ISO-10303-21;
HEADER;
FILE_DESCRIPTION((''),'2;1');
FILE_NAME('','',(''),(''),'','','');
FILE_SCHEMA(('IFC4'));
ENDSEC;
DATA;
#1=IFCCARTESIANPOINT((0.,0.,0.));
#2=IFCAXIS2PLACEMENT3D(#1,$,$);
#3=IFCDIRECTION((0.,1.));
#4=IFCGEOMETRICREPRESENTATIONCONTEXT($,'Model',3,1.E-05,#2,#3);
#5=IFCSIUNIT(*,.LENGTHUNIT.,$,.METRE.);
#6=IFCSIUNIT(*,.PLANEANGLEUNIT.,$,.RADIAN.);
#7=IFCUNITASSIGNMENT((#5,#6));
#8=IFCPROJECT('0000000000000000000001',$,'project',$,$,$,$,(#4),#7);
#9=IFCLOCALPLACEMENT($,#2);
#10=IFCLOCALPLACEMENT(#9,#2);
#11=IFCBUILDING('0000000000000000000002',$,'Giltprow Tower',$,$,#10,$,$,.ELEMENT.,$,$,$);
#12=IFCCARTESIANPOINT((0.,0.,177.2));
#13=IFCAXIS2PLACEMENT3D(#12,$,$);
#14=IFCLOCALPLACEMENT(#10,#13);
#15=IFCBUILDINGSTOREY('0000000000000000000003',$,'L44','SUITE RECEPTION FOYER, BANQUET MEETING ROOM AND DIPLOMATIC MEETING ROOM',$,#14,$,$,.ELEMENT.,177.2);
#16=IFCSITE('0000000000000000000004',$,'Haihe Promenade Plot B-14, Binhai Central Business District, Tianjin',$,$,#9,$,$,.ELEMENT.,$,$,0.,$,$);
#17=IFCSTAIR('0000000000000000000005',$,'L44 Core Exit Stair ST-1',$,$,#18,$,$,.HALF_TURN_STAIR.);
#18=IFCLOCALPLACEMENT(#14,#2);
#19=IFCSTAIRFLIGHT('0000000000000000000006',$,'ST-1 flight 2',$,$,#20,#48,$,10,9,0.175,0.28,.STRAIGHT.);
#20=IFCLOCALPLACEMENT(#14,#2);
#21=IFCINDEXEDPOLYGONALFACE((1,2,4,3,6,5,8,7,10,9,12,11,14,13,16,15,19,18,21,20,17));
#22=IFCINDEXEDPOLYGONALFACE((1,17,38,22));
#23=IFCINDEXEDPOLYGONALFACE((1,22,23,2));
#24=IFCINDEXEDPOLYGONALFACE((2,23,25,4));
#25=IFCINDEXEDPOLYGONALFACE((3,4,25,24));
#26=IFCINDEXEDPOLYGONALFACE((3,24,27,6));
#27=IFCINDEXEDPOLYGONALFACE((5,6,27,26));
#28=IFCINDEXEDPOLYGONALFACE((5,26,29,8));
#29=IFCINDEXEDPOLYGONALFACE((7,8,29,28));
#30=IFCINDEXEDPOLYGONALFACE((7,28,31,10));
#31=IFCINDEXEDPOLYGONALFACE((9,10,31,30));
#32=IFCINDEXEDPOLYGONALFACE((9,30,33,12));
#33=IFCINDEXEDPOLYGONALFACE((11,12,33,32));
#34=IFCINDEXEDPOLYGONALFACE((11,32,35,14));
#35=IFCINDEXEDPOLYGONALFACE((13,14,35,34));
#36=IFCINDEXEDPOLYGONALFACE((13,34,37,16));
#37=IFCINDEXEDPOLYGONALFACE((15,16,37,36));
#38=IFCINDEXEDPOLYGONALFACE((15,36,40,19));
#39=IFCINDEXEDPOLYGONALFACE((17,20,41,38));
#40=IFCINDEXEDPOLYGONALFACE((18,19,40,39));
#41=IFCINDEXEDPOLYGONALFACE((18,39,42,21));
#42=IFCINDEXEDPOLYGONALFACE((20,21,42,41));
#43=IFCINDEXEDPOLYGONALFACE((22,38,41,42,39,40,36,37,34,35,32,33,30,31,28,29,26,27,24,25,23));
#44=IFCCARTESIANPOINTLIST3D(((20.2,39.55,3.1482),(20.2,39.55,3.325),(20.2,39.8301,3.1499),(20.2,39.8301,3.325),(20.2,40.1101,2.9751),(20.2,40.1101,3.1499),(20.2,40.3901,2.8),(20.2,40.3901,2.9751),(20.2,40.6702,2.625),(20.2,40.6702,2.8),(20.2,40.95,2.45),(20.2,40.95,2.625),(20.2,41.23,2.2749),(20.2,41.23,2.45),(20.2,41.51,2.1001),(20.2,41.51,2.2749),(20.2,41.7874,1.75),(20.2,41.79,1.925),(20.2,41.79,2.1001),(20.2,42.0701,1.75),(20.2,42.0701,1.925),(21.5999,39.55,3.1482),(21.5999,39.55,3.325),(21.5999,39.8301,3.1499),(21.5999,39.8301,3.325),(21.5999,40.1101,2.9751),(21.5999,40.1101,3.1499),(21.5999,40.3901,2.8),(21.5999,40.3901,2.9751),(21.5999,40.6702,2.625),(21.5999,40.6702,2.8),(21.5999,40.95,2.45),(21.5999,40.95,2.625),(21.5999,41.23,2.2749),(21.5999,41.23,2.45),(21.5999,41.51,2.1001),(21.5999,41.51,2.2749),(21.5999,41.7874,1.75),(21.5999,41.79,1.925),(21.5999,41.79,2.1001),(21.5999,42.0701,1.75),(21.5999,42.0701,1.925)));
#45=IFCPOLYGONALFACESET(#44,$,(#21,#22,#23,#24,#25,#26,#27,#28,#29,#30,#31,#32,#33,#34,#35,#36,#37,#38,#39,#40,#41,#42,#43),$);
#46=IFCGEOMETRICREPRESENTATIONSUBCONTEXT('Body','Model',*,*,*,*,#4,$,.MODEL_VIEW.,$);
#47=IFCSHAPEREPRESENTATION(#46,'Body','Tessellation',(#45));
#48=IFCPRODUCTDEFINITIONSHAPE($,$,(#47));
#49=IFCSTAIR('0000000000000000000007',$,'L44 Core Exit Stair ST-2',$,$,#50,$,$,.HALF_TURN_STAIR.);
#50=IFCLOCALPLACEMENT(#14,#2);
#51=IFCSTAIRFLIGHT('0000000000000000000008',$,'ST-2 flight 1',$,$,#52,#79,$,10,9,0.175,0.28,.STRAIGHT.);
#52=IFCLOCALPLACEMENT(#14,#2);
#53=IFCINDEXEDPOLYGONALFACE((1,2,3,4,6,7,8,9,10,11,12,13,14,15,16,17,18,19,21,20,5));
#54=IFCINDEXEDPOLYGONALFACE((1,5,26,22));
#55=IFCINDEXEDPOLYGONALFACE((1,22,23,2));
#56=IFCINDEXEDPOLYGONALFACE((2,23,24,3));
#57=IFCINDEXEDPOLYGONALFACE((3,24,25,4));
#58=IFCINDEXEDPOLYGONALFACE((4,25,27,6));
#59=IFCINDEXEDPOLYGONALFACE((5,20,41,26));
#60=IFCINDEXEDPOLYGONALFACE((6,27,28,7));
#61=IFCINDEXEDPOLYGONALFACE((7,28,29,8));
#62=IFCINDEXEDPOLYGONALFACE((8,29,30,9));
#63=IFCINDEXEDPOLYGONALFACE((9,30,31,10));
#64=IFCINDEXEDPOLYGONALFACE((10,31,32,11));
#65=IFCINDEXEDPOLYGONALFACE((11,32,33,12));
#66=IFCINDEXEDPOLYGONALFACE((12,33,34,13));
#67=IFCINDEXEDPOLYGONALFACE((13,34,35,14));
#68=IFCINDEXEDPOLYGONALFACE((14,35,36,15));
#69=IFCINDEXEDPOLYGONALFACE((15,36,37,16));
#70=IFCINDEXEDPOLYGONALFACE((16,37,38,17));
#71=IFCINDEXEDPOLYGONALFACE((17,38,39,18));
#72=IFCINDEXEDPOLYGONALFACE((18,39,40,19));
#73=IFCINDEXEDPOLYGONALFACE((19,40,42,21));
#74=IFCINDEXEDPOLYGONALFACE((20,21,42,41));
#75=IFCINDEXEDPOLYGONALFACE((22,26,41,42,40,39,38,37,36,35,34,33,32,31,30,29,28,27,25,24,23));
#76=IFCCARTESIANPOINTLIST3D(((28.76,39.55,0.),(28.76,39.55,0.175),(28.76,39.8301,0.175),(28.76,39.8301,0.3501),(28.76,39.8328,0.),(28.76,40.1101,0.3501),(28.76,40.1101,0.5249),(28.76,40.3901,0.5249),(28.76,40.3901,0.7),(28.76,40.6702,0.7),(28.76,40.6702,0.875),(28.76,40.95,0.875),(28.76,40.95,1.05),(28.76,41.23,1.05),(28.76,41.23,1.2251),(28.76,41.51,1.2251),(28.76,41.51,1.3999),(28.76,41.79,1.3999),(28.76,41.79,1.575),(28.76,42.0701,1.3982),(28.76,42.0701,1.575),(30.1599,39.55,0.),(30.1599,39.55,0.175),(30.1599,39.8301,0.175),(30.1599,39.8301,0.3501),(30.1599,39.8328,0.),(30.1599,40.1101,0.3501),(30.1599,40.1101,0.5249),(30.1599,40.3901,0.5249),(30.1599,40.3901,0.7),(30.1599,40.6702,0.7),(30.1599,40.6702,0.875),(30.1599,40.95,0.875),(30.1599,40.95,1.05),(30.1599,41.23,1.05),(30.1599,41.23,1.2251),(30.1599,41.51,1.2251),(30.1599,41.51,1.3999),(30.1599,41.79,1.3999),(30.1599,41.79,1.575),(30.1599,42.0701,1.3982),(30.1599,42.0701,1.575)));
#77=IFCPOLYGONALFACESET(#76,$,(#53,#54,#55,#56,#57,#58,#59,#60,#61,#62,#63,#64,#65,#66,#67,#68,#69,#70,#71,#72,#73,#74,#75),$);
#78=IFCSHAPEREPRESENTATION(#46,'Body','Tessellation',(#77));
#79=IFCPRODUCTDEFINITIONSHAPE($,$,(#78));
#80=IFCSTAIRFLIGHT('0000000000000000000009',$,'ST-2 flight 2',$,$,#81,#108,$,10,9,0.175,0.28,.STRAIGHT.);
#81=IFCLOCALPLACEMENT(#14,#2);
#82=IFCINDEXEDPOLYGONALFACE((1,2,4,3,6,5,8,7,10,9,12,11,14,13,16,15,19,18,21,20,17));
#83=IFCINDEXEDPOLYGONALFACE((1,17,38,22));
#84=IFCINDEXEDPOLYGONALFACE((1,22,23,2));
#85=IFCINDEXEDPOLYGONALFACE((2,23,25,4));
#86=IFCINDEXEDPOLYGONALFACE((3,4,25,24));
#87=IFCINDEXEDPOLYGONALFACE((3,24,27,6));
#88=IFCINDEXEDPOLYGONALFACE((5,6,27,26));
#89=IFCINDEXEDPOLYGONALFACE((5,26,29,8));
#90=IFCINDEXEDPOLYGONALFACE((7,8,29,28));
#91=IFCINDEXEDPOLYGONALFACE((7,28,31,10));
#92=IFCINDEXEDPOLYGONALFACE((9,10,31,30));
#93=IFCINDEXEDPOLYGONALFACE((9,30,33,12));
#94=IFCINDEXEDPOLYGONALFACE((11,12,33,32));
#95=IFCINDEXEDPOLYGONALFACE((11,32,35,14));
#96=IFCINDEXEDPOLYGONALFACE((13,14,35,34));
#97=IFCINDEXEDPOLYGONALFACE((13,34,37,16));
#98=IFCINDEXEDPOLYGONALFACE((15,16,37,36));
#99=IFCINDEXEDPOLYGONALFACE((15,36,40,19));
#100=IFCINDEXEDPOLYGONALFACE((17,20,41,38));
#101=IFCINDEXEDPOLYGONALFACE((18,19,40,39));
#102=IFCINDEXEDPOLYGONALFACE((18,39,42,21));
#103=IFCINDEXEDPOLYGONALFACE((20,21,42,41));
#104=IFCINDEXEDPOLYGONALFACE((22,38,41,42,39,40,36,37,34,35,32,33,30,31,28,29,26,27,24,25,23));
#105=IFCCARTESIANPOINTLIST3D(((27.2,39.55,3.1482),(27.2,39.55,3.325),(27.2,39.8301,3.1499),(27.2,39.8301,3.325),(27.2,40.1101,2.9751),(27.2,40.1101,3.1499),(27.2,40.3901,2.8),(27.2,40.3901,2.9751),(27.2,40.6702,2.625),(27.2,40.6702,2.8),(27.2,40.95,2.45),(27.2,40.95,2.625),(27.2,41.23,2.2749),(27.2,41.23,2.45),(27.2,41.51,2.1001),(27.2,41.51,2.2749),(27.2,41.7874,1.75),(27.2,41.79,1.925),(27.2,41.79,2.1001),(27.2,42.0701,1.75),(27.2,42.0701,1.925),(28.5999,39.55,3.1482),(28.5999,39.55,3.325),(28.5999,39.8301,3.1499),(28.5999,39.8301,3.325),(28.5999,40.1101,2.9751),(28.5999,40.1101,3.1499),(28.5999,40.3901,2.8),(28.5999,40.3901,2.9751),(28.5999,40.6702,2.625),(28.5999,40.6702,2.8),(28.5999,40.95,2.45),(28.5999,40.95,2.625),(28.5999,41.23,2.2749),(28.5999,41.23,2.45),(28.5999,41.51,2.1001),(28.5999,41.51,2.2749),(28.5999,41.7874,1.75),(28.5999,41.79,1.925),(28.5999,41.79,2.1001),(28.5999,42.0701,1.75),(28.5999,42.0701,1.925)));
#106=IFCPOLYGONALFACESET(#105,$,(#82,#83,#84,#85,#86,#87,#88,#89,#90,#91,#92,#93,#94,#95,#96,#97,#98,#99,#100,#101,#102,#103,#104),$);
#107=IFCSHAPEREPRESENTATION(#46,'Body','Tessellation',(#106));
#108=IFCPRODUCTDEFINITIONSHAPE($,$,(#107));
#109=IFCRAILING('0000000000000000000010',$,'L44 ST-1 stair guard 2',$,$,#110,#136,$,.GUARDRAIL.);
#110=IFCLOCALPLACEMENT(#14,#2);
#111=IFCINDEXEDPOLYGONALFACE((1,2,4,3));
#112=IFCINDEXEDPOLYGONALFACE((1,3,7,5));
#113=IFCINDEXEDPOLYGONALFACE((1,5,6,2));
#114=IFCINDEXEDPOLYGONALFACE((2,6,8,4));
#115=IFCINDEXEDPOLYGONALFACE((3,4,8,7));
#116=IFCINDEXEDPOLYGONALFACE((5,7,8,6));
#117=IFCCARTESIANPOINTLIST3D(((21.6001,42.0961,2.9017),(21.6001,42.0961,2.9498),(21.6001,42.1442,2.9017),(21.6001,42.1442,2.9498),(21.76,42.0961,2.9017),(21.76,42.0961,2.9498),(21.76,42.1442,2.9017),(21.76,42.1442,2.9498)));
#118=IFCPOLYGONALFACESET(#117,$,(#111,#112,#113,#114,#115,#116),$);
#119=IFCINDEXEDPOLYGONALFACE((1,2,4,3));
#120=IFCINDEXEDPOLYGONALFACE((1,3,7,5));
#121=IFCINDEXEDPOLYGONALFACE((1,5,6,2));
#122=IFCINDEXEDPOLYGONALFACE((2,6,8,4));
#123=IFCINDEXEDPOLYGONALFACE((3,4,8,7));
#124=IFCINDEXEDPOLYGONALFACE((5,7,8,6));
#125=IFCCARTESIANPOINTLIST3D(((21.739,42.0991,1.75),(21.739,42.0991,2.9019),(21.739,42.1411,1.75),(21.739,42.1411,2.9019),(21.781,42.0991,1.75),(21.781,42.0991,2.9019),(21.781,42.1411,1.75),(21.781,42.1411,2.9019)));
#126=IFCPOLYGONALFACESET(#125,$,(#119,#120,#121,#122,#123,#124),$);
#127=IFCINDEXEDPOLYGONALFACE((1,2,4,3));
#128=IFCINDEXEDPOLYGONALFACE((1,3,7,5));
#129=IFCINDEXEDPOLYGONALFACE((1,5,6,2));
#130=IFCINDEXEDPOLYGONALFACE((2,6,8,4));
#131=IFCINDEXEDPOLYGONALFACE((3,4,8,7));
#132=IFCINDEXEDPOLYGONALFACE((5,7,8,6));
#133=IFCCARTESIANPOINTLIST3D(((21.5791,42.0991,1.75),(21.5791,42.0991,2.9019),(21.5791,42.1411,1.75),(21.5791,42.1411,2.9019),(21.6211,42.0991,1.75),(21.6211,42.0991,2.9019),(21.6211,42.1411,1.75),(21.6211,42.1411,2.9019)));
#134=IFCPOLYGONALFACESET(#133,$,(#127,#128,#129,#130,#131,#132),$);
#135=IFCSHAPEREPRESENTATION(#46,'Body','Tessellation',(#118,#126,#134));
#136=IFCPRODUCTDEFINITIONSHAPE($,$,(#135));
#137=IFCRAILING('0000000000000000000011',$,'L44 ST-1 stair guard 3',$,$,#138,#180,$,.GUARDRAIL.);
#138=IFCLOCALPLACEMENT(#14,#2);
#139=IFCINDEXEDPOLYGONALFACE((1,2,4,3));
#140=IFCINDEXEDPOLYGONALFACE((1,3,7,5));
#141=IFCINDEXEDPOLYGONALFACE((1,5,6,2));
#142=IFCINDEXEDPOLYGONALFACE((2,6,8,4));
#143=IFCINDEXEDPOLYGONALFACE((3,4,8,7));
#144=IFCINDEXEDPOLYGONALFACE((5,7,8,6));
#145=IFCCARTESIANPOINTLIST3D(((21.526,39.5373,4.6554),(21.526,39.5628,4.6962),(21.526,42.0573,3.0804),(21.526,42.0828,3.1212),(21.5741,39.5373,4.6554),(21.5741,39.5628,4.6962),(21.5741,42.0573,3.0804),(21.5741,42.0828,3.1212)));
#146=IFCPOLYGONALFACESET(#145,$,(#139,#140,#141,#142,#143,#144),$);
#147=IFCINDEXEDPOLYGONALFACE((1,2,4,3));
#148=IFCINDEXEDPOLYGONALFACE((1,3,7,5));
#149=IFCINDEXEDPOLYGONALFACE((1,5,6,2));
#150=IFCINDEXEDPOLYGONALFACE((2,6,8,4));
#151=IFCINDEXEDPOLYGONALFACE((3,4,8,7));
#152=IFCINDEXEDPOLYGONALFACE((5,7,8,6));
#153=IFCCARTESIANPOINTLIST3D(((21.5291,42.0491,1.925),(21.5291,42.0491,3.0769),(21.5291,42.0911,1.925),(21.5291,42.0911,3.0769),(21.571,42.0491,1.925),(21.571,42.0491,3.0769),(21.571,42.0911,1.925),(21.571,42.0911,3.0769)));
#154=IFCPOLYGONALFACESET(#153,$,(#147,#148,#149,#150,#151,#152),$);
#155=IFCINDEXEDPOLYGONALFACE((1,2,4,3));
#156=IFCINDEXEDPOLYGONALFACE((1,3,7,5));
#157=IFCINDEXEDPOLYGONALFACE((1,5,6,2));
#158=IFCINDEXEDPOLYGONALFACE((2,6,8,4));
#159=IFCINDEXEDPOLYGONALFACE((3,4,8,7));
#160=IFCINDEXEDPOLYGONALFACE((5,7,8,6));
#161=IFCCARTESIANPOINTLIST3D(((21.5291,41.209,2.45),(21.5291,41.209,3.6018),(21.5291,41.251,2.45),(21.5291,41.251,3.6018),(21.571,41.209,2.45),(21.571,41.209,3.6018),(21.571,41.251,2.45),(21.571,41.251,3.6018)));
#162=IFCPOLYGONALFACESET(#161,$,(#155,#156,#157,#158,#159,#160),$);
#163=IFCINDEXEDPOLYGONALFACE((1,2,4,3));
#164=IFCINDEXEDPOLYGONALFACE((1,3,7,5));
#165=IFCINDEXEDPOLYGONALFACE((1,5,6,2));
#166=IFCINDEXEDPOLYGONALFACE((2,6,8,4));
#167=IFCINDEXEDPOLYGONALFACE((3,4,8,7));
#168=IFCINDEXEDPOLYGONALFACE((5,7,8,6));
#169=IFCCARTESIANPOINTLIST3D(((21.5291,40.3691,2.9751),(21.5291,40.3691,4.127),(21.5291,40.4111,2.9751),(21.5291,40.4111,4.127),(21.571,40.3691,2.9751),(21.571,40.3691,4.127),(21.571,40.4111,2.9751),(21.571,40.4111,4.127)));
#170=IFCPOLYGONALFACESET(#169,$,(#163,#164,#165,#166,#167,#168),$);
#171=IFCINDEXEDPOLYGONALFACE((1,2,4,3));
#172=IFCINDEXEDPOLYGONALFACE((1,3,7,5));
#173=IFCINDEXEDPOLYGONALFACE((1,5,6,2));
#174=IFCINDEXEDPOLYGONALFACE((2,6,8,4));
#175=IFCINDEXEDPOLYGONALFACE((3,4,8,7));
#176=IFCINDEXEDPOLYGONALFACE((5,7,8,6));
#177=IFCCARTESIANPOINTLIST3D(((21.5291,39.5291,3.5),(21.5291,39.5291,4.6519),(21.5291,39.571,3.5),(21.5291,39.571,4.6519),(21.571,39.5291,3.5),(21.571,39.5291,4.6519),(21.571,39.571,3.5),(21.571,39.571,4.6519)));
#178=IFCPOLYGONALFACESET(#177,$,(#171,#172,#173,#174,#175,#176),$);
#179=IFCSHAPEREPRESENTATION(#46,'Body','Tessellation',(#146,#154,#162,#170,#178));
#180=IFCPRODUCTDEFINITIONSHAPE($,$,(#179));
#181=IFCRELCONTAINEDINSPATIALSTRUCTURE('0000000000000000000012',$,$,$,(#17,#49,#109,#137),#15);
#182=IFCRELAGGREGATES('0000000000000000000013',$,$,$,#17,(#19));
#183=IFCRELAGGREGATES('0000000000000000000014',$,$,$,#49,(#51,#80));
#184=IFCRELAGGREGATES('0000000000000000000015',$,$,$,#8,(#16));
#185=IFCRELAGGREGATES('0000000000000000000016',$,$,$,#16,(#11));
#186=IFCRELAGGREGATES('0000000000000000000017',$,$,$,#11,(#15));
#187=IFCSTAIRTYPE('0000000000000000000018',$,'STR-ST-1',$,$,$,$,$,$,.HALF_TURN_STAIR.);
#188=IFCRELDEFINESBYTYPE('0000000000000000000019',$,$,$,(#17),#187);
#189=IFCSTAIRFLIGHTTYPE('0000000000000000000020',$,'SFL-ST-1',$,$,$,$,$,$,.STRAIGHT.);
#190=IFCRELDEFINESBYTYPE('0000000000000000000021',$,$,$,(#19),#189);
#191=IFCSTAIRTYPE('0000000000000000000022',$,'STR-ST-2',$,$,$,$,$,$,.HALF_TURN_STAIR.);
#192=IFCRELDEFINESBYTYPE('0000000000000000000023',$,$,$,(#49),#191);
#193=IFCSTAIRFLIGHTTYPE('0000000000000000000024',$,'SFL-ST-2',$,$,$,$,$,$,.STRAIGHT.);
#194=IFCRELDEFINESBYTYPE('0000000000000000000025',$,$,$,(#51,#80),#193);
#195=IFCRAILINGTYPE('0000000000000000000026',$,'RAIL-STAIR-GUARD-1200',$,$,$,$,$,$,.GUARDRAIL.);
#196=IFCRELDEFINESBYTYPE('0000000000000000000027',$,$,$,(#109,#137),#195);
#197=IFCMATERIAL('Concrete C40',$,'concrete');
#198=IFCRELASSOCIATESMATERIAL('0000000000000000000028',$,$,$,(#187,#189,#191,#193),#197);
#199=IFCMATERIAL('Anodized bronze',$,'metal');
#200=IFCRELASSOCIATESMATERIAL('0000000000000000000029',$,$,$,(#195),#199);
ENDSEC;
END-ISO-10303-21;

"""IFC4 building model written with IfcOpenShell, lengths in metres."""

from ifc_helpers import new_model, si_unit, direction, frame, origin, origin_2d, place, context, subcontext, project, spatial, polyline, rectangle, outline, extrude, material, type_object, element, aggregate, save


model = new_model("IFC4")

# Units and contexts
model_context = context("Model", 3, precision=1e-05, world=origin(), true_north=direction((0.0, 1.0)))
body_context = subcontext(model_context, "Body", "Model", "MODEL_VIEW")
ifc_project = project(units=[si_unit("LENGTHUNIT", "METRE"), si_unit("PLANEANGLEUNIT", "RADIAN")], contexts=[model_context])

# Site, building, storey
site_placement = place(None, origin())
site = spatial("IfcSite", under=ifc_project, at=site_placement, Name="Haihe Promenade Plot B-14, Binhai Central Business District, Tianjin", CompositionType="ELEMENT", RefElevation=0.0)
building_placement = place(site_placement, origin())
building = spatial("IfcBuilding", under=site, at=building_placement, Name="Giltprow Tower", CompositionType="ELEMENT")
storey_placement = place(building_placement, frame((0.0, 0.0, 177.2)))
storey = spatial("IfcBuildingStorey", under=building, at=storey_placement, Name="L44", Description="SUITE RECEPTION FOYER, BANQUET MEETING ROOM AND DIPLOMATIC MEETING ROOM", CompositionType="ELEMENT", Elevation=177.2)

# Shared definitions
ifc_material_1 = material(Name="Concrete C40", Category="concrete")

# Stair, stair flight
stair_type_1 = type_object("IfcStairType", Name="STR-ST-1", PredefinedType="HALF_TURN_STAIR", material=ifc_material_1)
stair_1_placement = place(storey_placement, origin())
stair_1 = element("IfcStair", 1, at=stair_1_placement, inside=storey, type_object=stair_type_1, Name="L44 Core Exit Stair ST-1", PredefinedType="HALF_TURN_STAIR")
stair_flight_type_1 = type_object("IfcStairFlightType", Name="SFL-ST-1", PredefinedType="STRAIGHT", material=ifc_material_1)
stair_flight_1_placement = place(storey_placement, frame((20.8999, 42.0701, 1.75), z_axis=(0.0, 0.0, 1.0), x_axis=(0.0, -1.0, 0.0)))
stair_flight_1 = element("IfcStairFlight", 2, at=stair_flight_1_placement, type_object=stair_flight_type_1, Name="ST-1 flight 2", NumberOfRisers=10, NumberOfTreads=9, PredefinedType="STRAIGHT", RiserHeight=0.175, TreadLength=0.28, context=body_context, shape_type="SweptSolid", body=[
    extrude(outline(polyline([(0.0, 0.0), (0.0, 0.175), (0.28, 0.175), (0.28, 0.3501), (0.5601, 0.3501), (0.5601, 0.5249), (0.8401, 0.5249), (0.8401, 0.7), (1.1201, 0.7), (1.1201, 0.875), (1.3999, 0.875), (1.3999, 1.05), (1.6799, 1.05), (1.6799, 1.2251), (1.96, 1.2251), (1.96, 1.3999), (2.24, 1.3999), (2.24, 1.575), (2.52, 1.575), (2.52, 1.75), (2.52, 1.3982), (0.2827, 0.0), (0.0, 0.0)])), frame((0.0, 0.7, 0.0), z_axis=(0.0, -1.0, 0.0), x_axis=(1.0, 0.0, 0.0)), (0.0, 0.0, 1.0), 1.3999),
])
aggregate(stair_1, [stair_flight_1])

# Stair, stair flights
stair_type_2 = type_object("IfcStairType", Name="STR-ST-2", PredefinedType="HALF_TURN_STAIR", material=ifc_material_1)
stair_2_placement = place(storey_placement, origin())
stair_2 = element("IfcStair", 3, at=stair_2_placement, inside=storey, type_object=stair_type_2, Name="L44 Core Exit Stair ST-2", PredefinedType="HALF_TURN_STAIR")
stair_flight_type_2 = type_object("IfcStairFlightType", Name="SFL-ST-2", PredefinedType="STRAIGHT", material=ifc_material_1)
stair_flight_2_placement = place(storey_placement, frame((29.46, 39.55, 0.0), z_axis=(0.0, 0.0, 1.0), x_axis=(0.0, 1.0, 0.0)))
stair_flight_2 = element("IfcStairFlight", 4, at=stair_flight_2_placement, type_object=stair_flight_type_2, Name="ST-2 flight 1", NumberOfRisers=10, NumberOfTreads=9, PredefinedType="STRAIGHT", RiserHeight=0.175, TreadLength=0.28, context=body_context, shape_type="SweptSolid", body=[
    extrude(outline(polyline([(0.0, 0.0), (0.0, 0.175), (0.28, 0.175), (0.28, 0.3501), (0.5601, 0.3501), (0.5601, 0.5249), (0.8401, 0.5249), (0.8401, 0.7), (1.1201, 0.7), (1.1201, 0.875), (1.3999, 0.875), (1.3999, 1.05), (1.6799, 1.05), (1.6799, 1.2251), (1.96, 1.2251), (1.96, 1.3999), (2.24, 1.3999), (2.24, 1.575), (2.52, 1.575), (2.52, 1.75), (2.52, 1.3982), (0.2827, 0.0), (0.0, 0.0)])), frame((0.0, 0.7, 0.0), z_axis=(0.0, -1.0, 0.0), x_axis=(1.0, 0.0, 0.0)), (0.0, 0.0, 1.0), 1.3999),
])
stair_flight_3_placement = place(storey_placement, frame((27.8999, 42.0701, 1.75), z_axis=(0.0, 0.0, 1.0), x_axis=(0.0, -1.0, 0.0)))
stair_flight_3 = element("IfcStairFlight", 5, at=stair_flight_3_placement, type_object=stair_flight_type_2, Name="ST-2 flight 2", NumberOfRisers=10, NumberOfTreads=9, PredefinedType="STRAIGHT", RiserHeight=0.175, TreadLength=0.28, context=body_context, shape_type="SweptSolid", body=[
    extrude(outline(polyline([(0.0, 0.0), (0.0, 0.175), (0.28, 0.175), (0.28, 0.3501), (0.5601, 0.3501), (0.5601, 0.5249), (0.8401, 0.5249), (0.8401, 0.7), (1.1201, 0.7), (1.1201, 0.875), (1.3999, 0.875), (1.3999, 1.05), (1.6799, 1.05), (1.6799, 1.2251), (1.96, 1.2251), (1.96, 1.3999), (2.24, 1.3999), (2.24, 1.575), (2.52, 1.575), (2.52, 1.75), (2.52, 1.3982), (0.2827, 0.0), (0.0, 0.0)])), frame((0.0, 0.7, 0.0), z_axis=(0.0, -1.0, 0.0), x_axis=(1.0, 0.0, 0.0)), (0.0, 0.0, 1.0), 1.3999),
])
aggregate(stair_2, [stair_flight_2, stair_flight_3])

# Railings
ifc_material_2 = material(Name="Anodized bronze", Category="metal")
railing_type_1 = type_object("IfcRailingType", Name="RAIL-STAIR-GUARD-1200", PredefinedType="GUARDRAIL", material=ifc_material_2)
railing_1_placement = place(storey_placement, frame((21.76, 42.1201, 1.75)))
element("IfcRailing", 6, at=railing_1_placement, inside=storey, type_object=railing_type_1, Name="L44 ST-1 stair guard 2", PredefinedType="GUARDRAIL", context=body_context, shape_type="SweptSolid", body=[
    extrude(rectangle(XDim=0.0481, YDim=0.0481, at=origin_2d()), frame((0.0, 0.0, 1.1758), z_axis=(-1.0, 0.0, 0.0), x_axis=(0.0, -1.0, 0.0)), (0.0, 0.0, 1.0), 0.1599),
    extrude(rectangle(XDim=0.042, YDim=0.042, at=origin_2d()), origin(), (0.0, 0.0, 1.0), 1.1519),
    extrude(rectangle(XDim=0.042, YDim=0.042, at=origin_2d()), frame((-0.1599, 0.0, 0.0)), (0.0, 0.0, 1.0), 1.1519),
])
railing_2_placement = place(storey_placement, frame((21.55, 42.0701, 1.925)))
element("IfcRailing", 7, at=railing_2_placement, inside=storey, type_object=railing_type_1, Name="L44 ST-1 stair guard 3", PredefinedType="GUARDRAIL", context=body_context, shape_type="SweptSolid", body=[
    extrude(rectangle(XDim=0.0481, YDim=0.0481, at=origin_2d()), frame((0.0, 0.0, 1.1758), z_axis=(0.0, -0.848008, 0.529984), x_axis=(1.0, 0.0, 0.0)), (0.0, 0.0, 1.0), 2.9717),
    extrude(rectangle(XDim=0.042, YDim=0.042, at=origin_2d()), origin(), (0.0, 0.0, 1.0), 1.1519),
    extrude(rectangle(XDim=0.042, YDim=0.042, at=origin_2d()), frame((0.0, -0.8401, 0.5249)), (0.0, 0.0, 1.0), 1.1519),
    extrude(rectangle(XDim=0.042, YDim=0.042, at=origin_2d()), frame((0.0, -1.6799, 1.05)), (0.0, 0.0, 1.0), 1.1519),
    extrude(rectangle(XDim=0.042, YDim=0.042, at=origin_2d()), frame((0.0, -2.52, 1.575)), (0.0, 0.0, 1.0), 1.1519),
])

save(model, "model.ifc")
